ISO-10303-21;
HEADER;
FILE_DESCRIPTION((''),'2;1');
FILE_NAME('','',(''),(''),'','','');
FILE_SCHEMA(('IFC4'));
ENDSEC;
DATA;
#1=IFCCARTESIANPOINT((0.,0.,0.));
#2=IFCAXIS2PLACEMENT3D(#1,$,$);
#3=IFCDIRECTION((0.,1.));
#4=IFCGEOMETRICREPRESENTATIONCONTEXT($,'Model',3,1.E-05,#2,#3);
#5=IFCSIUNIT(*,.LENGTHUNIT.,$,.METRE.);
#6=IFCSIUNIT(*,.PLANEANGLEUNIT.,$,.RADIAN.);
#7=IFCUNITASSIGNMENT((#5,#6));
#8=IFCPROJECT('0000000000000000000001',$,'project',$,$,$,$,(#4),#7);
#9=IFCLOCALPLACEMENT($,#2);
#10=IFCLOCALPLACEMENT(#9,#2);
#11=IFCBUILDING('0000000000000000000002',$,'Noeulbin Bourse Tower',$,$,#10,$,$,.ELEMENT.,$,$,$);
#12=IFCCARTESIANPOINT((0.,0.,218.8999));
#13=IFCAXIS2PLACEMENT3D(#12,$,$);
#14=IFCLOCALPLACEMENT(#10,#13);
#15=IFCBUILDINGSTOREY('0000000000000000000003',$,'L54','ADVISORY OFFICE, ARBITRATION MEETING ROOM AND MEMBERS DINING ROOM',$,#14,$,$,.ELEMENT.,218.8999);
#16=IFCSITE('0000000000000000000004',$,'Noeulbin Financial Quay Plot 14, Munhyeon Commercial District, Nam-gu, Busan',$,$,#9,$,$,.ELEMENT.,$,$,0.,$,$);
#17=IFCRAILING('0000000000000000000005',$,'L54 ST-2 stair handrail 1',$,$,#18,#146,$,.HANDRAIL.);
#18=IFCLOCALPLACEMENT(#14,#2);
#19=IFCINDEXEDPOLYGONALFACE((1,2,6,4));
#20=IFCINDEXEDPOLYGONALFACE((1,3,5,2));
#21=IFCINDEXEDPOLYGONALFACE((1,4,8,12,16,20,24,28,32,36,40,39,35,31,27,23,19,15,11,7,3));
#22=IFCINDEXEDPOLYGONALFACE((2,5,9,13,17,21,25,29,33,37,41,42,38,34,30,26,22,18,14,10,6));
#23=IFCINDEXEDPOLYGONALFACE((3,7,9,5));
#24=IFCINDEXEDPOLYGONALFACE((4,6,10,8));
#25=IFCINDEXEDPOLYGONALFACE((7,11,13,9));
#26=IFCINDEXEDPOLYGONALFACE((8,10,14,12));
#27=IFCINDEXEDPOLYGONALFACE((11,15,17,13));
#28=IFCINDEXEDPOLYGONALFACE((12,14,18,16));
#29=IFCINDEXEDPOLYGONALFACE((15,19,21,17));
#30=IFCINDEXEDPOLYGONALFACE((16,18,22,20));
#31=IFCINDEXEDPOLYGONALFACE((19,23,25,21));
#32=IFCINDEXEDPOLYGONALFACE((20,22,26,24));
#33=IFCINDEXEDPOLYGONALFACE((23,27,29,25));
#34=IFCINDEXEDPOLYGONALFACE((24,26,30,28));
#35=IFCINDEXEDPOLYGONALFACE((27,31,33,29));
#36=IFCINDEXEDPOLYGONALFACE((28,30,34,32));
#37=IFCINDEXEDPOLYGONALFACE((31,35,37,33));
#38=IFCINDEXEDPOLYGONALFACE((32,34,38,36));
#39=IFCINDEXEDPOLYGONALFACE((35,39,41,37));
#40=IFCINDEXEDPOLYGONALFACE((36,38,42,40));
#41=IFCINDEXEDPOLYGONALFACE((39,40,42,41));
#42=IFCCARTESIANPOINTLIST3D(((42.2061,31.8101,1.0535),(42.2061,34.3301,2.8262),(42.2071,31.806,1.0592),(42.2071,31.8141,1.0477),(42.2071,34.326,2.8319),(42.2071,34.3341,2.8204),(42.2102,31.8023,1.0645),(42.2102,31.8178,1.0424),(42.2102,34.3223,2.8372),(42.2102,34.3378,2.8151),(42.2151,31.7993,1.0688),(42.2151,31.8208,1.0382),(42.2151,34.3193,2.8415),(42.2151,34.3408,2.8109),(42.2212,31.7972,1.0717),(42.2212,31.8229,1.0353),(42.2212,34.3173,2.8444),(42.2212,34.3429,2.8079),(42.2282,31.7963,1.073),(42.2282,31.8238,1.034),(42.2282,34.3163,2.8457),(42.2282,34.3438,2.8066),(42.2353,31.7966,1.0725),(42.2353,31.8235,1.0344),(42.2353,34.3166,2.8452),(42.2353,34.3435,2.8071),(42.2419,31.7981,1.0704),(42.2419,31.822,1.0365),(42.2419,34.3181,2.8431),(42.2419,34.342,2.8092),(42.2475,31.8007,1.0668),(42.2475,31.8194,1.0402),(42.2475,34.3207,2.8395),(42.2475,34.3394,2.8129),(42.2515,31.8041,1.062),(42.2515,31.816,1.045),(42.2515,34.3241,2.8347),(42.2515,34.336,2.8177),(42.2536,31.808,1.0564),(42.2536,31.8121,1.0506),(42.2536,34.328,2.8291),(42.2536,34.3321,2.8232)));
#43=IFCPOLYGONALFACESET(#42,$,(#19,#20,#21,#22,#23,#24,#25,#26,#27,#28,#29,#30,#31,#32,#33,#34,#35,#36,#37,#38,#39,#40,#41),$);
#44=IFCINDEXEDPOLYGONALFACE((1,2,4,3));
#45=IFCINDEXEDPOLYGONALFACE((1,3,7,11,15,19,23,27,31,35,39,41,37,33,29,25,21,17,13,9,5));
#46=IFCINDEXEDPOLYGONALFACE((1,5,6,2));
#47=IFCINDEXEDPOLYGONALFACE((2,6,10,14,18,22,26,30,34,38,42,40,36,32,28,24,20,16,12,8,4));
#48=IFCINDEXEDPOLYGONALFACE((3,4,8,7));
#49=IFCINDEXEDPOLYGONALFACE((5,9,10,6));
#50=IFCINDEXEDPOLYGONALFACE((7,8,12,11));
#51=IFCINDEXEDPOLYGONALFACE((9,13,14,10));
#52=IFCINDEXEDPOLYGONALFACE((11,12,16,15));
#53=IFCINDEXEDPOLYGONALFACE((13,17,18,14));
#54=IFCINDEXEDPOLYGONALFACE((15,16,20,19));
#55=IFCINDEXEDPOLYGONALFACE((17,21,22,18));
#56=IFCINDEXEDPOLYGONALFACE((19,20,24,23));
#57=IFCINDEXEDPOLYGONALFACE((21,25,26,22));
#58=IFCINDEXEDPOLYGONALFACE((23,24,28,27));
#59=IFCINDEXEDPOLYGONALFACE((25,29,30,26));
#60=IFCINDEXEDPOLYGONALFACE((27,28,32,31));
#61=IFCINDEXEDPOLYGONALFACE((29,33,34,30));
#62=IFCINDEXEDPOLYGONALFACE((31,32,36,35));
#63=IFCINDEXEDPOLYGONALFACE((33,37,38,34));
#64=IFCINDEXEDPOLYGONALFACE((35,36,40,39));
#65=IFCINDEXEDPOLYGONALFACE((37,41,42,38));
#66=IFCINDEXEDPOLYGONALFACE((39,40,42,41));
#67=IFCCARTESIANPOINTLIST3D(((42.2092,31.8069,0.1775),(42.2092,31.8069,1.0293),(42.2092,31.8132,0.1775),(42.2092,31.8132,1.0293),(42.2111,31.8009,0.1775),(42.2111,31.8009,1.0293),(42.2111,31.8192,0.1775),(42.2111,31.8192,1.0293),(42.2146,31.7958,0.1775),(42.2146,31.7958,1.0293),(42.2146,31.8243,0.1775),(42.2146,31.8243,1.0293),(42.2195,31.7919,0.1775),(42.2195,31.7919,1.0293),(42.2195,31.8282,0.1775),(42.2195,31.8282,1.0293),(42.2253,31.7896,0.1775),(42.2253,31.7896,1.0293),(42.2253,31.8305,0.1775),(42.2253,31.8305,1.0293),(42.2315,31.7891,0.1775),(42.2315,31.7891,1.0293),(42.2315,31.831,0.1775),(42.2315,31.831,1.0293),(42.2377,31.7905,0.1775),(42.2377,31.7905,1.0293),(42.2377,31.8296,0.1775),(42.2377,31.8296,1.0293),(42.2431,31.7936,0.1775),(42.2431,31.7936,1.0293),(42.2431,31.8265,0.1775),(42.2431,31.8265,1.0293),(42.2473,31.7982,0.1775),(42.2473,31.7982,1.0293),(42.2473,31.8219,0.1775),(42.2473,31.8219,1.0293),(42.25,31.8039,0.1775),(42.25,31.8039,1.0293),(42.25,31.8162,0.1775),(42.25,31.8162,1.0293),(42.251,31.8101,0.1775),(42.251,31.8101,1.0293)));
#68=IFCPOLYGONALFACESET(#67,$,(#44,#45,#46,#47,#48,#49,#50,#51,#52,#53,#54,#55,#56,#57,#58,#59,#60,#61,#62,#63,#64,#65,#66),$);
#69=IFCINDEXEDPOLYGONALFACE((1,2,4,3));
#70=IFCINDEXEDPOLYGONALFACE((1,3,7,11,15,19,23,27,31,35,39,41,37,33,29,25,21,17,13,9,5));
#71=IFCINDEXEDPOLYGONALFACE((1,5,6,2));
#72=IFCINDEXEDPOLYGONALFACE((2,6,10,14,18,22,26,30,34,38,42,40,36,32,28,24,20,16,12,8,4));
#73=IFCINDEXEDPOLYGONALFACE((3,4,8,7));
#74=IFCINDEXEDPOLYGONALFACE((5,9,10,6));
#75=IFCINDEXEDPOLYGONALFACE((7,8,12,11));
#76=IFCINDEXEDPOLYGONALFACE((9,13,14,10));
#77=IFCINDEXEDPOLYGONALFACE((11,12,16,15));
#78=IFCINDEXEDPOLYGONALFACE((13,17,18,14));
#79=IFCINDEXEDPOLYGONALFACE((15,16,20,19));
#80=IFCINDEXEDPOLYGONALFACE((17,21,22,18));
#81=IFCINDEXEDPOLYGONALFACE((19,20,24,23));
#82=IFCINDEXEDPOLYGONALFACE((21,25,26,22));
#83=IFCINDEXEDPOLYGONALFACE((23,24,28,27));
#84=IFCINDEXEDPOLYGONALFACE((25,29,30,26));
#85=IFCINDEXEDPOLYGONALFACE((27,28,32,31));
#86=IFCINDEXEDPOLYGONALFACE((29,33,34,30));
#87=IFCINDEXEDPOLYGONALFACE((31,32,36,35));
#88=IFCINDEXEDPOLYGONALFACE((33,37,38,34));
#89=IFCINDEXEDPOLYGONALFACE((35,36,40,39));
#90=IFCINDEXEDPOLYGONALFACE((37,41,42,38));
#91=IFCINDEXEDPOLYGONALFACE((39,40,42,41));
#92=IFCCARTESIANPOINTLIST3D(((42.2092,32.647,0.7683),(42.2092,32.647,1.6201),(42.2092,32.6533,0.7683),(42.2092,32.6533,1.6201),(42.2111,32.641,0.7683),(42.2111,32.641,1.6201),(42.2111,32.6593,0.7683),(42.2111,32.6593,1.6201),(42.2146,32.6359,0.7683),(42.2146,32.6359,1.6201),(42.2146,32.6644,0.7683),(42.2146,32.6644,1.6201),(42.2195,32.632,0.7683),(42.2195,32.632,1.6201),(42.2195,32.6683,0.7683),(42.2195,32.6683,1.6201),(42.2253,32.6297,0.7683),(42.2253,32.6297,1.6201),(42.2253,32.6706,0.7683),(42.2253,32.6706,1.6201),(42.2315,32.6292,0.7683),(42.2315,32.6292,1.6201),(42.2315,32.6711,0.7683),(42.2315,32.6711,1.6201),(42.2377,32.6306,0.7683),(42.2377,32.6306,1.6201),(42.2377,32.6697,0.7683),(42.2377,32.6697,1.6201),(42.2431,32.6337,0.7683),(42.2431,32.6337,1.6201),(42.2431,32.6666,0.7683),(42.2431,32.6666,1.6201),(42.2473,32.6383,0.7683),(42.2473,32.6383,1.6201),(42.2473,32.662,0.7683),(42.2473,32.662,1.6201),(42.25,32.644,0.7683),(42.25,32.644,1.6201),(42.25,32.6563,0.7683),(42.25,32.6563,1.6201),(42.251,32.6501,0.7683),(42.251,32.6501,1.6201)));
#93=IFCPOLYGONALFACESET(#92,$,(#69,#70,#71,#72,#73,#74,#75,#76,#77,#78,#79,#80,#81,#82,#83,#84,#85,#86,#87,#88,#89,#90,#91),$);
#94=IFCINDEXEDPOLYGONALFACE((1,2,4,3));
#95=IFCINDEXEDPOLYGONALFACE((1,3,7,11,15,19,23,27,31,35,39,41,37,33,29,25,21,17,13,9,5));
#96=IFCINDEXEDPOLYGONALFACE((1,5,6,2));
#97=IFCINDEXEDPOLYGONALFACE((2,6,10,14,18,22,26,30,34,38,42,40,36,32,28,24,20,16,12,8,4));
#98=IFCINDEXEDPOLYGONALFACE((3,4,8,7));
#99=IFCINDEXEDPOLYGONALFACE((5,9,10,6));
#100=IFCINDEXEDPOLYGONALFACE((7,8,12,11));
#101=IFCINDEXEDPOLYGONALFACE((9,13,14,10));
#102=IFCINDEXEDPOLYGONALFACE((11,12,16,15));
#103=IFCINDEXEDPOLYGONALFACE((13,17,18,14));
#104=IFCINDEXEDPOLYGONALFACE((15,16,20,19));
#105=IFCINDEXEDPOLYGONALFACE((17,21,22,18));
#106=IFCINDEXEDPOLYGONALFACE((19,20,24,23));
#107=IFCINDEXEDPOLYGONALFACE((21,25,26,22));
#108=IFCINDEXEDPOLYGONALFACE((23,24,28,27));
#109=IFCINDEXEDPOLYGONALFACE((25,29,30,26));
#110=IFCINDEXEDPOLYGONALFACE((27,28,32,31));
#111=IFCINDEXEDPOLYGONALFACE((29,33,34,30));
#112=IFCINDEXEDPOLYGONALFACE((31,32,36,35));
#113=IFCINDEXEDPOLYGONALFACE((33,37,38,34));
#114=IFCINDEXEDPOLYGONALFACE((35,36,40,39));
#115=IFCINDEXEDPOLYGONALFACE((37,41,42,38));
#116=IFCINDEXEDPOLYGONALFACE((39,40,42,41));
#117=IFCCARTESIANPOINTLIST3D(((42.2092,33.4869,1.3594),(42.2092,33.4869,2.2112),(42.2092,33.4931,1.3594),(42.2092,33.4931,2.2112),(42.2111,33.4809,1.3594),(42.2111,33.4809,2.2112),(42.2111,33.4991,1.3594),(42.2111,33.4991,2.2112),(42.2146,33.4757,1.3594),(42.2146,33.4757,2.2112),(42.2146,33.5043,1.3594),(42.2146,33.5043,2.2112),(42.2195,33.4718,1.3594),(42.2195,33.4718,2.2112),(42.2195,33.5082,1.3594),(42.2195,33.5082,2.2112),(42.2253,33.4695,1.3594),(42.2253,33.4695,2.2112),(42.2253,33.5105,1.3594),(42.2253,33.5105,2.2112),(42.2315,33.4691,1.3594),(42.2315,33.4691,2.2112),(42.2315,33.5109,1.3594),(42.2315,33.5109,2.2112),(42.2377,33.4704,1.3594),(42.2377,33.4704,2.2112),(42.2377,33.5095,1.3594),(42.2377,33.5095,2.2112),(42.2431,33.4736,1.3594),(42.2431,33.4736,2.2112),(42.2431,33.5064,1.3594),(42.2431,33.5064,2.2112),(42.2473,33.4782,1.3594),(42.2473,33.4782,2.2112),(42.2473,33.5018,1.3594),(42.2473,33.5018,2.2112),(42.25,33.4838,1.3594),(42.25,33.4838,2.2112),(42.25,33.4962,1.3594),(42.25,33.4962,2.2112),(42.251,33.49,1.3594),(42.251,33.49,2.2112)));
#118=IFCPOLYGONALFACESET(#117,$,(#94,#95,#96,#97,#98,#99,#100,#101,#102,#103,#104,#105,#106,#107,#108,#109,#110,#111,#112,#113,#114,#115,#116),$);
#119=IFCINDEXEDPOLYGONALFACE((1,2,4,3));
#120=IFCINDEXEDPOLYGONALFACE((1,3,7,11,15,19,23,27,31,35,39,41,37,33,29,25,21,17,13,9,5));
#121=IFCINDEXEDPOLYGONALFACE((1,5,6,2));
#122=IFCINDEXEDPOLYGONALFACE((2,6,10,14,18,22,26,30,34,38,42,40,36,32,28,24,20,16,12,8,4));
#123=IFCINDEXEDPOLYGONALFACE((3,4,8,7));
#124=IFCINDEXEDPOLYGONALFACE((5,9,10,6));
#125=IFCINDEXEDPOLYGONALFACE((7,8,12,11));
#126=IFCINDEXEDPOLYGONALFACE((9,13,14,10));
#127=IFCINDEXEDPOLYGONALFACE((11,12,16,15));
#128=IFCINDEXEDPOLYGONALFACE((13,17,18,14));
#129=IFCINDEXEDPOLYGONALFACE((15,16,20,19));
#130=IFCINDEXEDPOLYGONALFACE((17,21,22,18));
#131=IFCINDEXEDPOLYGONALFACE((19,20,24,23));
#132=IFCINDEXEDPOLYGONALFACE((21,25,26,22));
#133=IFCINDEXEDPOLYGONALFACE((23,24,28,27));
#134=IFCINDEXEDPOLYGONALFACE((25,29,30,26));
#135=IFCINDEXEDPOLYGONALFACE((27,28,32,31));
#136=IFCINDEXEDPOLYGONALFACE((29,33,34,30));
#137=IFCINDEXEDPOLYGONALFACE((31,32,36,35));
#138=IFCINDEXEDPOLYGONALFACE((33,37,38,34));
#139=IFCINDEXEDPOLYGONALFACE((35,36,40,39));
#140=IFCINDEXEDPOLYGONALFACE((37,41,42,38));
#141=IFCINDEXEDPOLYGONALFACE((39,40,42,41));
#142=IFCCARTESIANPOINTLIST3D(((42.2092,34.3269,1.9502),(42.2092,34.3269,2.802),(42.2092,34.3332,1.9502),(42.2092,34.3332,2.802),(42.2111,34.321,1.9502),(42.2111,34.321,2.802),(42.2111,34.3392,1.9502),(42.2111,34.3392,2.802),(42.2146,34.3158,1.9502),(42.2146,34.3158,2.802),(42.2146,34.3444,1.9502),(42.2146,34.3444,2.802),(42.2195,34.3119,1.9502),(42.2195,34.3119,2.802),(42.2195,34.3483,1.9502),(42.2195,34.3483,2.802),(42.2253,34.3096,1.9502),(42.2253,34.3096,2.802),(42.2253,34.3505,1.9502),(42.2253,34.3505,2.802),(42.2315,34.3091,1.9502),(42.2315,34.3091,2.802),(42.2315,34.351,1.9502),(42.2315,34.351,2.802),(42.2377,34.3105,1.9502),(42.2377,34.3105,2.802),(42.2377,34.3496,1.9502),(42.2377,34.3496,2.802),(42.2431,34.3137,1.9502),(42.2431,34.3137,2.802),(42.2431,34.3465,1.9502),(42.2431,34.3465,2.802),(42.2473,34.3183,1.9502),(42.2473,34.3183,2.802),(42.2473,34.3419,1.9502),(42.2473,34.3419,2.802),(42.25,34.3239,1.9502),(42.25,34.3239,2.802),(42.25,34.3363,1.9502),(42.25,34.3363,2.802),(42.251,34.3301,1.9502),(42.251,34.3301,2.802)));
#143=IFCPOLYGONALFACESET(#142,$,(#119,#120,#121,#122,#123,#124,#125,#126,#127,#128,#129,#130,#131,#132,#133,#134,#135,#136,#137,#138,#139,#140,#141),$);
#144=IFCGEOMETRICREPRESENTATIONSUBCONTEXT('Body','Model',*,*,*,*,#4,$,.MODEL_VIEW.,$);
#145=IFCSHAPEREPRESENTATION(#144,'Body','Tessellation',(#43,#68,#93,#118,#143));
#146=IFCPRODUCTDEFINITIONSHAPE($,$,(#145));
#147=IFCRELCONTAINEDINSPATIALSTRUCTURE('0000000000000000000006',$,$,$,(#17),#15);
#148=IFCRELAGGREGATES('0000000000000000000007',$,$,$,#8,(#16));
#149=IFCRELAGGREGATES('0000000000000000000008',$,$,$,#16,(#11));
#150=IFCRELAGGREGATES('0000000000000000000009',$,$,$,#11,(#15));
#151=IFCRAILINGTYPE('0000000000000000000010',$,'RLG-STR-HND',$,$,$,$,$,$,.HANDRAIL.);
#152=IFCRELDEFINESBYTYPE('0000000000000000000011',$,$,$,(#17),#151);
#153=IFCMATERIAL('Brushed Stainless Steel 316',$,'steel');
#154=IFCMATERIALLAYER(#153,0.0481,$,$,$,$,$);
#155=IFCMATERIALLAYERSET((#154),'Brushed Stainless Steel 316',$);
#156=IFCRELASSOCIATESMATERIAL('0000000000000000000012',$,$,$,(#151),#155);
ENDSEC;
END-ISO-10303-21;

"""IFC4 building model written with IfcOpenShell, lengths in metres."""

from ifc_helpers import new_model, si_unit, direction, frame, origin, origin_2d, place, context, subcontext, project, spatial, circle, extrude, material, layer, layer_set, type_object, element, save


model = new_model("IFC4")

# Units and contexts
model_context = context("Model", 3, precision=1e-05, world=origin(), true_north=direction((0.0, 1.0)))
body_context = subcontext(model_context, "Body", "Model", "MODEL_VIEW")
ifc_project = project(units=[si_unit("LENGTHUNIT", "METRE"), si_unit("PLANEANGLEUNIT", "RADIAN")], contexts=[model_context])

# Site, building, storey
site_placement = place(None, origin())
site = spatial("IfcSite", under=ifc_project, at=site_placement, Name="Noeulbin Financial Quay Plot 14, Munhyeon Commercial District, Nam-gu, Busan", CompositionType="ELEMENT", RefElevation=0.0)
building_placement = place(site_placement, origin())
building = spatial("IfcBuilding", under=site, at=building_placement, Name="Noeulbin Bourse Tower", CompositionType="ELEMENT")
storey_placement = place(building_placement, frame((0.0, 0.0, 218.8999)))
storey = spatial("IfcBuildingStorey", under=building, at=storey_placement, Name="L54", Description="ADVISORY OFFICE, ARBITRATION MEETING ROOM AND MEMBERS DINING ROOM", CompositionType="ELEMENT", Elevation=218.8999)

# Shared definitions
ifc_material_1 = material(Name="Brushed Stainless Steel 316", Category="steel")

# Railing
ifc_layer_1 = layer(ifc_material_1, 0.0481)
ifc_layer_set_1 = layer_set([ifc_layer_1], Name="Brushed Stainless Steel 316")
railing_type_1 = type_object("IfcRailingType", Name="RLG-STR-HND", PredefinedType="HANDRAIL", material=ifc_layer_set_1)
railing_1_placement = place(storey_placement, frame((42.23, 31.8101, 0.1775)))
element("IfcRailing", 1, at=railing_1_placement, inside=storey, type_object=railing_type_1, Name="L54 ST-2 stair handrail 1", PredefinedType="HANDRAIL", context=body_context, shape_type="SweptSolid", body=[
    extrude(circle(Radius=0.0239, at=origin_2d()), frame((0.0, 0.0, 0.876), z_axis=(0.0, 0.817904, 0.575354), x_axis=(-1.0, 0.0, 0.0)), (0.0, 0.0, 1.0), 3.0811),
    extrude(circle(Radius=0.021, at=origin_2d()), origin(), (0.0, 0.0, 1.0), 0.8518),
    extrude(circle(Radius=0.021, at=origin_2d()), frame((0.0, 0.8401, 0.5908)), (0.0, 0.0, 1.0), 0.8518),
    extrude(circle(Radius=0.021, at=origin_2d()), frame((0.0, 1.6799, 1.1819)), (0.0, 0.0, 1.0), 0.8518),
    extrude(circle(Radius=0.021, at=origin_2d()), frame((0.0, 2.52, 1.7727)), (0.0, 0.0, 1.0), 0.8518),
])

save(model, "model.ifc")
